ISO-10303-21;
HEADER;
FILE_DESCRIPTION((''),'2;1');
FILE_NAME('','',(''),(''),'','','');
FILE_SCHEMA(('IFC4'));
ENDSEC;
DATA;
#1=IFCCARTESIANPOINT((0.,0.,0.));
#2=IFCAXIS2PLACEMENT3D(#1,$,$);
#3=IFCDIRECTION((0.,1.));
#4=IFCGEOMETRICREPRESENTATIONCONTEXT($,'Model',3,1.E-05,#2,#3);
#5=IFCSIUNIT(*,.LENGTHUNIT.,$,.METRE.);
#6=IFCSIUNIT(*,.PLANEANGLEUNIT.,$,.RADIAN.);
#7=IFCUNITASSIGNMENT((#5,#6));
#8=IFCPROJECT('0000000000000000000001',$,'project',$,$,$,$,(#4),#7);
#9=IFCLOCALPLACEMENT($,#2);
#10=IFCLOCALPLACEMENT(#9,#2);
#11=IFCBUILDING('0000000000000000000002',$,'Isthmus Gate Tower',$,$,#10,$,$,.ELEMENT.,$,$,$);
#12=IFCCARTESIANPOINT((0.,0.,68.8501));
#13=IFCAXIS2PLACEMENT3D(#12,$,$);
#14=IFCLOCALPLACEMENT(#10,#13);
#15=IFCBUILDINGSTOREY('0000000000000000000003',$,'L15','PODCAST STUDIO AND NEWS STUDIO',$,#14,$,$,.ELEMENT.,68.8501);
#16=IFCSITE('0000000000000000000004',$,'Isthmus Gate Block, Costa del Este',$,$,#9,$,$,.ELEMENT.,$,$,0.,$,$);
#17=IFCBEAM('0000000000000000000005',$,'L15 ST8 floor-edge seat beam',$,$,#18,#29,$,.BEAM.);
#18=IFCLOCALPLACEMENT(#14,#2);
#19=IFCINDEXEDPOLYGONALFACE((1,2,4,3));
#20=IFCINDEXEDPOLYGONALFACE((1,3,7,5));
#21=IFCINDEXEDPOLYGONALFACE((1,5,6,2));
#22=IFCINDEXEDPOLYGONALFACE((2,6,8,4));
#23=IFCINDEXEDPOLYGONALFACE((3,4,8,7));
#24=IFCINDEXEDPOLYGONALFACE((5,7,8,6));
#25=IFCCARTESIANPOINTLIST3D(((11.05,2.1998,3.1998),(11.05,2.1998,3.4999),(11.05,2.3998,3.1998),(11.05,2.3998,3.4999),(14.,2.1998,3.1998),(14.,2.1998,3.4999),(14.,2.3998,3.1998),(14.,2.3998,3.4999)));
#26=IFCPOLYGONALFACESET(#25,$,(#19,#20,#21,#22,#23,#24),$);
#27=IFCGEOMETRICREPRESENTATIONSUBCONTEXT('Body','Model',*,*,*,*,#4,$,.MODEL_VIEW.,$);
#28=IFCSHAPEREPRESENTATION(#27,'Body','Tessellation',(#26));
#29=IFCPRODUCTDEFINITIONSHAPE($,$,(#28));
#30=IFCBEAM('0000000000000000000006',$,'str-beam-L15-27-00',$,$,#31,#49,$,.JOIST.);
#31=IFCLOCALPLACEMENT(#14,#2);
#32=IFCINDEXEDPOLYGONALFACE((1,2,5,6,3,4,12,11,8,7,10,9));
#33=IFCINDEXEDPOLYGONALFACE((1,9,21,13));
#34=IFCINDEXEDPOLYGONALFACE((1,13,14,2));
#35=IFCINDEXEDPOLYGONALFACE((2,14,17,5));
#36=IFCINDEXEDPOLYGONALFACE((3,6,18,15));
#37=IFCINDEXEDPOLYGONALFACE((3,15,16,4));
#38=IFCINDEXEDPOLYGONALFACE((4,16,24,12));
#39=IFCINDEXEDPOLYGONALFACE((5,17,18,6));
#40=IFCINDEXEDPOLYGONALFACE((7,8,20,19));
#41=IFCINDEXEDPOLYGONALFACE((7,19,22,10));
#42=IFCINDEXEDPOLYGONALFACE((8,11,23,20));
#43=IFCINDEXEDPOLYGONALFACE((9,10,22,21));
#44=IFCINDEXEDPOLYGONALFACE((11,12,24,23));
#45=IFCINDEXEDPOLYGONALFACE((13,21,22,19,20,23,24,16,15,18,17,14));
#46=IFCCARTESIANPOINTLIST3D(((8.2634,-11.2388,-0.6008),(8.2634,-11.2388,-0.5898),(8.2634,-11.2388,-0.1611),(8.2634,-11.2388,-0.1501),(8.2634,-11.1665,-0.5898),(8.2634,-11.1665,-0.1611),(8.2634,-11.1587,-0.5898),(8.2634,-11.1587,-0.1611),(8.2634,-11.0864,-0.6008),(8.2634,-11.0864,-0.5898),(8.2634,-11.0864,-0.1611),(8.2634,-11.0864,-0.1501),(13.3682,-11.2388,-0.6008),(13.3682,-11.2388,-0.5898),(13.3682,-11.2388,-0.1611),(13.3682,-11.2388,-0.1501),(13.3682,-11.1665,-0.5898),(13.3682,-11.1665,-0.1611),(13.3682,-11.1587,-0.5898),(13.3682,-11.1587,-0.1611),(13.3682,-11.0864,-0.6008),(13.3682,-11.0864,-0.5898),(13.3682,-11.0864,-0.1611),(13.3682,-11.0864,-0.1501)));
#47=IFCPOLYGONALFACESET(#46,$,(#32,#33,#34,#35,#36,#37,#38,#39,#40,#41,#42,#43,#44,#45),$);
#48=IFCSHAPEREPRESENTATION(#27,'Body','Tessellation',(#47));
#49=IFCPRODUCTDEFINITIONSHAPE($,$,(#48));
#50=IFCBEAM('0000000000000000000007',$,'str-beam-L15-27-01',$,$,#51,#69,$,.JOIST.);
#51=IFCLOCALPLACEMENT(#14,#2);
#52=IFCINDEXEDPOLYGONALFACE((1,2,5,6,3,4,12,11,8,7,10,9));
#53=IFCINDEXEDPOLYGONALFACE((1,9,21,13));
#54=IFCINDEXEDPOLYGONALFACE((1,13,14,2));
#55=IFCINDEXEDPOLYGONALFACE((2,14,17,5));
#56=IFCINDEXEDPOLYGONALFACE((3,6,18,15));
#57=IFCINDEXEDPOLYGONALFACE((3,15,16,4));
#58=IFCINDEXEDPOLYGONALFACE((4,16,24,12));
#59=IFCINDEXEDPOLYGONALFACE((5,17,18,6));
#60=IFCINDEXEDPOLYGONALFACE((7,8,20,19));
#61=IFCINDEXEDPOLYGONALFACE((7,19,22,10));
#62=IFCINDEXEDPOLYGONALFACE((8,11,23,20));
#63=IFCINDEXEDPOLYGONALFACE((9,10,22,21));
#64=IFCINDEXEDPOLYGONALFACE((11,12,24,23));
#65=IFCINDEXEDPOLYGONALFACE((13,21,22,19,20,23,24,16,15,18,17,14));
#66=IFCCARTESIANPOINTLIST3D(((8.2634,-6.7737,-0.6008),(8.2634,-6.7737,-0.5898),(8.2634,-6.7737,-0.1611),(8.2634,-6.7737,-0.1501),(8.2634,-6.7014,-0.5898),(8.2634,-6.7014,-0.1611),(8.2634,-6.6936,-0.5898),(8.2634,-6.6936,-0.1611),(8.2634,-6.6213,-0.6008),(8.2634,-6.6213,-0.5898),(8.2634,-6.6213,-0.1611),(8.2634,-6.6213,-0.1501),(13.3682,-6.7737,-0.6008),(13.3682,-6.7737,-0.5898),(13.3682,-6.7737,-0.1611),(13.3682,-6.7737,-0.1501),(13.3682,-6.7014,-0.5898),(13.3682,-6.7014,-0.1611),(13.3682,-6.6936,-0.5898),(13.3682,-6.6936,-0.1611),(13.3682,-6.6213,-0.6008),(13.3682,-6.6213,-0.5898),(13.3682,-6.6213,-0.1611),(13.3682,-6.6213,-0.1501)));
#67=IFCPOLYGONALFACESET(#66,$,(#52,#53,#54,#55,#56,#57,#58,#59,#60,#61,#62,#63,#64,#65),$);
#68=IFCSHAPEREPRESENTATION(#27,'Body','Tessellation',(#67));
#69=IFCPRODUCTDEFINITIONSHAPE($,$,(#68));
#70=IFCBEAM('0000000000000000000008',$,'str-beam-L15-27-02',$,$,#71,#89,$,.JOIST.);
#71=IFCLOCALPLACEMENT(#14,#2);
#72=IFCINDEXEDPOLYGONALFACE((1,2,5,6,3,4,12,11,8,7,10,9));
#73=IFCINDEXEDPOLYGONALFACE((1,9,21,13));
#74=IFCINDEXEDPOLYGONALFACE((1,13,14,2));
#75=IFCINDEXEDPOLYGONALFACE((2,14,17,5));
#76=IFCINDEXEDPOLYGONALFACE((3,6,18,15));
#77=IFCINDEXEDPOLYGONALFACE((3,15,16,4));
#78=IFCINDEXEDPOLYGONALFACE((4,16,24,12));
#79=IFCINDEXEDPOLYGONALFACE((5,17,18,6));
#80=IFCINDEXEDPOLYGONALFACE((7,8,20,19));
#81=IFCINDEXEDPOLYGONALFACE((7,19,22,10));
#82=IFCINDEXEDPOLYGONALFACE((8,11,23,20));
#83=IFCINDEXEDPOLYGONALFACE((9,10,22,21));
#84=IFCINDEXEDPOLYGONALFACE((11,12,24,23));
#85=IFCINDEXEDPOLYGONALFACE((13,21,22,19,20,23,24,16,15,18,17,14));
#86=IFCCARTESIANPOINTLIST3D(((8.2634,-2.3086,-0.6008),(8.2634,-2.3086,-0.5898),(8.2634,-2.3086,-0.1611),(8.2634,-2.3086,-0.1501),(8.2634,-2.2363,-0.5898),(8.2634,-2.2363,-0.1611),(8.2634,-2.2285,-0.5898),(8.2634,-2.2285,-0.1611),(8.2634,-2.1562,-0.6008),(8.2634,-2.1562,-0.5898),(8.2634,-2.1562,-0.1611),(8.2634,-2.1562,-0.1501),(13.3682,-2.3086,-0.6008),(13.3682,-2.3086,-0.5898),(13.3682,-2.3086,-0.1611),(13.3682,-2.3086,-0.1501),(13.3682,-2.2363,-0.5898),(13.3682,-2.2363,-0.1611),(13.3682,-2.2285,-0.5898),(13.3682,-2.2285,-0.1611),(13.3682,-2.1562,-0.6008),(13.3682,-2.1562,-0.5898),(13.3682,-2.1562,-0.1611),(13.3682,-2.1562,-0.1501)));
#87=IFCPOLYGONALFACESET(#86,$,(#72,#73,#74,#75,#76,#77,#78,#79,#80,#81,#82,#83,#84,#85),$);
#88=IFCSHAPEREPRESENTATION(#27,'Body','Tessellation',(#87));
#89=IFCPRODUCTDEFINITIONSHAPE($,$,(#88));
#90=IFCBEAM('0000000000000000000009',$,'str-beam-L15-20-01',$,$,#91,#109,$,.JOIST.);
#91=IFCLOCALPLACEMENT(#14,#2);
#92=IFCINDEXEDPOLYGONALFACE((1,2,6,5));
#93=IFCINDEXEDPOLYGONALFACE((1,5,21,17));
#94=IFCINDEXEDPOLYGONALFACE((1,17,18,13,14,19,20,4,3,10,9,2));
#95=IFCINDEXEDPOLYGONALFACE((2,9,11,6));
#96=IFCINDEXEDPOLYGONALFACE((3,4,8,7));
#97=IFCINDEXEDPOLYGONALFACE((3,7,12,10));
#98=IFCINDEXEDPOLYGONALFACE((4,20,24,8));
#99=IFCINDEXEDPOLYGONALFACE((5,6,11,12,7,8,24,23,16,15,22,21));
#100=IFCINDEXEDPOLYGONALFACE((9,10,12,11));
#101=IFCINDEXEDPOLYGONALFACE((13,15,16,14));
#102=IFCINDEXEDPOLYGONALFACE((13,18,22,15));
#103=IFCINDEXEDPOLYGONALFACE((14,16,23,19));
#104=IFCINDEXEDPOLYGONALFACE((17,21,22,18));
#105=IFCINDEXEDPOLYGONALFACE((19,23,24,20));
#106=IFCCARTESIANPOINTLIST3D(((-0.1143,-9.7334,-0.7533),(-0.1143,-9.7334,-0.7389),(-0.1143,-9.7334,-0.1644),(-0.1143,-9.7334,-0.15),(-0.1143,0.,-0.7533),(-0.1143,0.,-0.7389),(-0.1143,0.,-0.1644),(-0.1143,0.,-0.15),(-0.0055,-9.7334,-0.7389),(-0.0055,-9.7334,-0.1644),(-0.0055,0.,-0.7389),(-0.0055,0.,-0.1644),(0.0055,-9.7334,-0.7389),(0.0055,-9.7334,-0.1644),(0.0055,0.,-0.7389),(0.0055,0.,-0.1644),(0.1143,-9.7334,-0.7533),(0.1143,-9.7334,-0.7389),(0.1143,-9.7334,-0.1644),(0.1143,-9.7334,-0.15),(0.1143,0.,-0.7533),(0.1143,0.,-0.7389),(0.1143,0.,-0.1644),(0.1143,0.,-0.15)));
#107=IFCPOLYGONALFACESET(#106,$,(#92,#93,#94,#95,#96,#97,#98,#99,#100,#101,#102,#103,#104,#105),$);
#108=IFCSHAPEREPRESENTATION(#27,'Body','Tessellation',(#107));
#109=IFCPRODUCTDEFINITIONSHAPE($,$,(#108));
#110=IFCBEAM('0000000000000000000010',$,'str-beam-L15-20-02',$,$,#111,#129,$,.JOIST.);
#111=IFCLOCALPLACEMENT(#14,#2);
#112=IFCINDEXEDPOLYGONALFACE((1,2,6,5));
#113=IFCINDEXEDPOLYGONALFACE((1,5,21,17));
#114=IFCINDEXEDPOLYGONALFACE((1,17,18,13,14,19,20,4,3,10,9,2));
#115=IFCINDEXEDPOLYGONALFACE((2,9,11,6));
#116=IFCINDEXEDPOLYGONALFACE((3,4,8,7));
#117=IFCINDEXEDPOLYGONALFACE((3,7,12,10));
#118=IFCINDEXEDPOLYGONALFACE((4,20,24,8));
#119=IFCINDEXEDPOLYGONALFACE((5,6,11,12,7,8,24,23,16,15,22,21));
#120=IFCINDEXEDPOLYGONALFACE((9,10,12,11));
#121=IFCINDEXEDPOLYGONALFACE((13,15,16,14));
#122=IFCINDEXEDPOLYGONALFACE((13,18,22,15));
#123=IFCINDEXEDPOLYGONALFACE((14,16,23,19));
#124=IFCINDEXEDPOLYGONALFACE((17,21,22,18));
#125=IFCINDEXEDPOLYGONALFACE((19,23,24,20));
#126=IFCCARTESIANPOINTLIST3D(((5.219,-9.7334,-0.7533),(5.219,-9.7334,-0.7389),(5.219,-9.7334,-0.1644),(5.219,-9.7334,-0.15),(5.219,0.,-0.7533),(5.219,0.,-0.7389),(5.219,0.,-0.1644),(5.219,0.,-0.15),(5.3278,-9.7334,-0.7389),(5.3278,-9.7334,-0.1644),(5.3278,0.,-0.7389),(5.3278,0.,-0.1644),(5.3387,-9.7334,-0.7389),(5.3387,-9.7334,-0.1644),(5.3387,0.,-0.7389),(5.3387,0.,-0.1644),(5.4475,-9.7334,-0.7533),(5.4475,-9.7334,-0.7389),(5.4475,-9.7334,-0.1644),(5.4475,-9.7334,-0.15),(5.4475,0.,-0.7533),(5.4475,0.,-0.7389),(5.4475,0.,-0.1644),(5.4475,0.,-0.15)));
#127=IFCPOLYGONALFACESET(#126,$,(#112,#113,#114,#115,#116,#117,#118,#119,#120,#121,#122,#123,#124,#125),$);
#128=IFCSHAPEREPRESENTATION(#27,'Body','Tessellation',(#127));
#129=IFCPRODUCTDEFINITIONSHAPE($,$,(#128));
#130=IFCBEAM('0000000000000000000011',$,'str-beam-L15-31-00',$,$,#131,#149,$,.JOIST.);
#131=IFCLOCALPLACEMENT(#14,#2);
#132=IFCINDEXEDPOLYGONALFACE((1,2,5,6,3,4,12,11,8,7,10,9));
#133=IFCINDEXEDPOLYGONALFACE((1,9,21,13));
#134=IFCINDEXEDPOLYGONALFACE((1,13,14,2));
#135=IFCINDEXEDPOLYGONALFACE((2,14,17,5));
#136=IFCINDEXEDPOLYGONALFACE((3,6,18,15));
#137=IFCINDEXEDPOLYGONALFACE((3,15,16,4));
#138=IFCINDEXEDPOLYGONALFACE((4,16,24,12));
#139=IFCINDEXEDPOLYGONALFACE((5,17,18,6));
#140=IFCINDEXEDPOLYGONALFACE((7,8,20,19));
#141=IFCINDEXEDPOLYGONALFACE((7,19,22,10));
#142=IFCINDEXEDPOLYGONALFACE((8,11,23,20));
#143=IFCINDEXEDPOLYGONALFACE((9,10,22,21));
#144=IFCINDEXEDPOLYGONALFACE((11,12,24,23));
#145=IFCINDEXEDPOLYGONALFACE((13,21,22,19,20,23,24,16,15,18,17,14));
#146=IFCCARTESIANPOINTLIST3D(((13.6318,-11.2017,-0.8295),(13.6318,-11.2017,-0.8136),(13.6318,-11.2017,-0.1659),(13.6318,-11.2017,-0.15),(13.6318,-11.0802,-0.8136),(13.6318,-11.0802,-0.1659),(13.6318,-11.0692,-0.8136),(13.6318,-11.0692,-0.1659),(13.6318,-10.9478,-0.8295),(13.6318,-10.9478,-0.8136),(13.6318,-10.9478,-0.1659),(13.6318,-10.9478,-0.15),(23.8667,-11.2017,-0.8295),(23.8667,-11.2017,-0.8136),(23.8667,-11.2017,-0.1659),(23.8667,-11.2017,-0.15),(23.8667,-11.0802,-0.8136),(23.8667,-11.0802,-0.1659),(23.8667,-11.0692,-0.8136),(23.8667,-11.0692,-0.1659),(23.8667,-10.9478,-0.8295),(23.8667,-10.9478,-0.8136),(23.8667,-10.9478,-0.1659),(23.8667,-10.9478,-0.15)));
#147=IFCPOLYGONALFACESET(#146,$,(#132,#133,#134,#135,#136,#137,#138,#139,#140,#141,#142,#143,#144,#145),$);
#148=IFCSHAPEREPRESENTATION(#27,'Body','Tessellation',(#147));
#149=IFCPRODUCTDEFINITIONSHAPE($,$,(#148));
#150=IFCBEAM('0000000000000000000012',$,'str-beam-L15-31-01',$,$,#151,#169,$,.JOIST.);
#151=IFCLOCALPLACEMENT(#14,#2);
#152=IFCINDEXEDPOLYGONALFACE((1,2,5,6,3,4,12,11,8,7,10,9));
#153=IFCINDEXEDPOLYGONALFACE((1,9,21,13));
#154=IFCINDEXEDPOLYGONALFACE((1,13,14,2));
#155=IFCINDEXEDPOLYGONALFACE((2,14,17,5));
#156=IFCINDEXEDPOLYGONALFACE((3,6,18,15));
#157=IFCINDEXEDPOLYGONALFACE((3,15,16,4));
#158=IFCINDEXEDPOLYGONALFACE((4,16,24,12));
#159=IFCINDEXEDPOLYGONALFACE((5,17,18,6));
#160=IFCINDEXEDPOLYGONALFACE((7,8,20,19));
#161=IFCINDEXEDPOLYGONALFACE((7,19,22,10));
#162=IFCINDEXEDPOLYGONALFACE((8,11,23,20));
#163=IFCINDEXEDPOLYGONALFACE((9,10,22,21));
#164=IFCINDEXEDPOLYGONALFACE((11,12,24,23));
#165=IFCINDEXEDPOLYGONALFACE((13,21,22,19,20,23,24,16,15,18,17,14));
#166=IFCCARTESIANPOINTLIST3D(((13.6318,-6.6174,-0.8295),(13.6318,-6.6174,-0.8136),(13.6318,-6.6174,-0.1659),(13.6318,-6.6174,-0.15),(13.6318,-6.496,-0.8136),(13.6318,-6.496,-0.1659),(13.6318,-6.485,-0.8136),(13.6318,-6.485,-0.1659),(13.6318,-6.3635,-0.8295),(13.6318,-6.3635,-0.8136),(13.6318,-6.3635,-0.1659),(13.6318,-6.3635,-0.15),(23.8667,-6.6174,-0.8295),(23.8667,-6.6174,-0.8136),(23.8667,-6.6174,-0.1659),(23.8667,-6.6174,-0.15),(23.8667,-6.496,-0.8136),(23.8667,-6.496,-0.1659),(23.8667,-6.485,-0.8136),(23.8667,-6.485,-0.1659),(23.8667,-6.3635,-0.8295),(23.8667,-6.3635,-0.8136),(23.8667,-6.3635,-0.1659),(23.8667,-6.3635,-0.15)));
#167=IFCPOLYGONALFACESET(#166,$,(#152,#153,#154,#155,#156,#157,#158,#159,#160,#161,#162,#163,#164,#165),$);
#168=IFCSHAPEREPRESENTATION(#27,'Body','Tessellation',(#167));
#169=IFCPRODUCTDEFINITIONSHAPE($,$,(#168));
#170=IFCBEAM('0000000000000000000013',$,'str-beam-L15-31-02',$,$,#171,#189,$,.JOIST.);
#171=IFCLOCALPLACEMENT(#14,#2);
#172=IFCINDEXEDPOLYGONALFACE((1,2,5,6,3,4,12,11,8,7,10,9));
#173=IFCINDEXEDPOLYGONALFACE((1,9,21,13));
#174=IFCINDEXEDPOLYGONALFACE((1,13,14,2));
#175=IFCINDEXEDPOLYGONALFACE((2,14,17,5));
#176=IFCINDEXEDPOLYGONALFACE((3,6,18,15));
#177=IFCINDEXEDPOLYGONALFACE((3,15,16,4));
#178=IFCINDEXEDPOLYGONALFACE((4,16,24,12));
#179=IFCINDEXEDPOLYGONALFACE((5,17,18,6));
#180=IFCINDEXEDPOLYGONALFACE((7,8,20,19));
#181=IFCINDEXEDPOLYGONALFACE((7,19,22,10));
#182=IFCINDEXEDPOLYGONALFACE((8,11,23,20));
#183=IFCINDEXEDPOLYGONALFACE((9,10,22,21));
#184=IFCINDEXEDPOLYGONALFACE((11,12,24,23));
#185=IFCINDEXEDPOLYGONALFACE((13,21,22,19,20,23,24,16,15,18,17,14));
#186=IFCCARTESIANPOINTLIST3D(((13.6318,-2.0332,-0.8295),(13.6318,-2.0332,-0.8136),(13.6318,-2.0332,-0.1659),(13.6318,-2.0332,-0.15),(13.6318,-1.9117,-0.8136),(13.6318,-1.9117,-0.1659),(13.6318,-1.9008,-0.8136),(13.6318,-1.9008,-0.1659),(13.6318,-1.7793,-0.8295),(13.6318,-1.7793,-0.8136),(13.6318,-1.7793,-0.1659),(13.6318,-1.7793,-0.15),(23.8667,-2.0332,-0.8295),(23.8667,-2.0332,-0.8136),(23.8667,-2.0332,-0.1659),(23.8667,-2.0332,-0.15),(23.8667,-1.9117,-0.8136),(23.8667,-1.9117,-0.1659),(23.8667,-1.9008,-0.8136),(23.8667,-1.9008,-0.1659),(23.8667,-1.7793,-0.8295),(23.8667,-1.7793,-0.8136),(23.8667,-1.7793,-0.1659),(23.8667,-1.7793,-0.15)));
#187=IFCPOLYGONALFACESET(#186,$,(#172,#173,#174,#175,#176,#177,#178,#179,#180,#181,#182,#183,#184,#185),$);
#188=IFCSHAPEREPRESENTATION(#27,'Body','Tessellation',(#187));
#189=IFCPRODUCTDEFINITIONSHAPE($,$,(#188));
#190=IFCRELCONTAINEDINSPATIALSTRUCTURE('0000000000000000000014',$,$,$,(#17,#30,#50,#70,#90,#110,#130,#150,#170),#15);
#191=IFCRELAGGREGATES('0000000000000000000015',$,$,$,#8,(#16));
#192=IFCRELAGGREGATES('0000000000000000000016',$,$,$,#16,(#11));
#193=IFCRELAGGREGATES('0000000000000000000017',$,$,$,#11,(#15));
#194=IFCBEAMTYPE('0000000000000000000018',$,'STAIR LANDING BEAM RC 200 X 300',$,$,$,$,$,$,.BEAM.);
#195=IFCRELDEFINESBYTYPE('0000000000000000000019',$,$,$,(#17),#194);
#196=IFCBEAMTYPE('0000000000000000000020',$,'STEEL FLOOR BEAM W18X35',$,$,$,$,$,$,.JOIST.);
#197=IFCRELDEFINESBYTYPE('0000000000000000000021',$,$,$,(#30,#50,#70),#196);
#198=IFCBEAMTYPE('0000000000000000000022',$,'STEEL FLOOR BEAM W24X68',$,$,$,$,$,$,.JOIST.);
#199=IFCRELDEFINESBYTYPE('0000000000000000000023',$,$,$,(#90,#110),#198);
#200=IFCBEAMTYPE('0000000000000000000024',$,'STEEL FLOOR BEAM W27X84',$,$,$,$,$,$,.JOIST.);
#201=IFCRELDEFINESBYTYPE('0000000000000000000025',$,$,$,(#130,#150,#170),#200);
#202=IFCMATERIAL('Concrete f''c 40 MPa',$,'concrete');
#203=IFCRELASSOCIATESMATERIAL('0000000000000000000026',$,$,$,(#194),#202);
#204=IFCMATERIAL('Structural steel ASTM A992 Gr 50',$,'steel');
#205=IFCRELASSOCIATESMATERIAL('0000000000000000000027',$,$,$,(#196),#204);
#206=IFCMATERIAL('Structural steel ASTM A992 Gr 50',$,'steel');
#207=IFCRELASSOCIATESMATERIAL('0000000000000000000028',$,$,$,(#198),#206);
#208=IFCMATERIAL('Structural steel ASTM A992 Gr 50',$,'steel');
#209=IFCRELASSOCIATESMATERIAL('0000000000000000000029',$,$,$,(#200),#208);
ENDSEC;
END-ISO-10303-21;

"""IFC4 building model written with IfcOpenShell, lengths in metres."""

from ifc_helpers import new_model, si_unit, direction, frame, origin, origin_2d, place, context, subcontext, project, spatial, rectangle, i_section, extrude, material, material_profile, profile_set, type_object, element, save


model = new_model("IFC4")

# Units and contexts
model_context = context("Model", 3, precision=1e-05, world=origin(), true_north=direction((0.0, 1.0)))
body_context = subcontext(model_context, "Body", "Model", "MODEL_VIEW")
ifc_project = project(units=[si_unit("LENGTHUNIT", "METRE"), si_unit("PLANEANGLEUNIT", "RADIAN")], contexts=[model_context])

# Site, building, storey
site_placement = place(None, origin())
site = spatial("IfcSite", under=ifc_project, at=site_placement, Name="Isthmus Gate Block, Costa del Este", CompositionType="ELEMENT", RefElevation=0.0)
building_placement = place(site_placement, origin())
building = spatial("IfcBuilding", under=site, at=building_placement, Name="Isthmus Gate Tower", CompositionType="ELEMENT")
storey_placement = place(building_placement, frame((0.0, 0.0, 68.8501)))
storey = spatial("IfcBuildingStorey", under=building, at=storey_placement, Name="L15", Description="PODCAST STUDIO AND NEWS STUDIO", CompositionType="ELEMENT", Elevation=68.8501)

# Beams
ifc_material_1 = material(Name="Concrete f'c 40 MPa", Category="concrete")
ifc_material_profile_1 = material_profile(ifc_material_1, rectangle(XDim=0.2, YDim=0.3, at=origin_2d()), Name="STAIR LANDING BEAM RC 200 X 300")
ifc_profile_set_1 = profile_set([ifc_material_profile_1], Name="Concrete f'c 40 MPa")
beam_type_1 = type_object("IfcBeamType", Name="STAIR LANDING BEAM RC 200 X 300", PredefinedType="BEAM", material=ifc_profile_set_1)
beam_1_placement = place(storey_placement, frame((11.05, 2.2998, 3.3499), z_axis=(1.0, 0.0, 0.0), x_axis=(0.0, 1.0, 0.0)))
element("IfcBeam", 1, at=beam_1_placement, inside=storey, type_object=beam_type_1, Name="L15 ST8 floor-edge seat beam", PredefinedType="BEAM", context=body_context, shape_type="SweptSolid", body=[
    extrude(rectangle(XDim=0.2, YDim=0.3, at=origin_2d()), origin(), (0.0, 0.0, 1.0), 2.95),
])
ifc_material_2 = material(Name="Structural steel ASTM A992 Gr 50", Category="steel")
ifc_material_profile_2 = material_profile(ifc_material_2, i_section(OverallWidth=0.1523, OverallDepth=0.4507, WebThickness=0.0078, FlangeThickness=0.011, at=origin_2d()), Name="W18X35")
ifc_profile_set_2 = profile_set([ifc_material_profile_2], Name="Structural steel ASTM A992 Gr 50")
beam_type_2 = type_object("IfcBeamType", Name="STEEL FLOOR BEAM W18X35", PredefinedType="JOIST", material=ifc_profile_set_2)
for number, where, z_axis, x_axis, name in (
    (2, (8.2634, -11.1626, -0.3755), (1.0, 0.0, 0.0), (0.0, 1.0, 0.0), "str-beam-L15-27-00"),
    (3, (8.2634, -6.6975, -0.3755), (1.0, 0.0, 0.0), (0.0, 1.0, 0.0), "str-beam-L15-27-01"),
    (4, (8.2634, -2.2324, -0.3755), (1.0, 0.0, 0.0), (0.0, 1.0, 0.0), "str-beam-L15-27-02"),
):
    element("IfcBeam", number, at=place(storey_placement, frame(where, z_axis=z_axis, x_axis=x_axis)), inside=storey, type_object=beam_type_2, Name=name, PredefinedType="JOIST", context=body_context, shape_type="SweptSolid", body=[
        extrude(i_section(OverallWidth=0.1523, OverallDepth=0.4507, WebThickness=0.0078, FlangeThickness=0.011, at=origin_2d()), origin(), (0.0, 0.0, 1.0), 5.1047),
    ])
ifc_material_3 = material(Name="Structural steel ASTM A992 Gr 50", Category="steel")
ifc_material_profile_3 = material_profile(ifc_material_3, i_section(OverallWidth=0.2285, OverallDepth=0.6033, WebThickness=0.011, FlangeThickness=0.0144, at=origin_2d()), Name="W24X68")
ifc_profile_set_3 = profile_set([ifc_material_profile_3], Name="Structural steel ASTM A992 Gr 50")
beam_type_3 = type_object("IfcBeamType", Name="STEEL FLOOR BEAM W24X68", PredefinedType="JOIST", material=ifc_profile_set_3)
for number, where, z_axis, x_axis, name in (
    (5, (0.0, -9.7334, -0.4517), (0.0, 1.0, 0.0), (-1.0, 0.0, 0.0), "str-beam-L15-20-01"),
    (6, (5.3333, -9.7334, -0.4517), (0.0, 1.0, 0.0), (-1.0, 0.0, 0.0), "str-beam-L15-20-02"),
):
    element("IfcBeam", number, at=place(storey_placement, frame(where, z_axis=z_axis, x_axis=x_axis)), inside=storey, type_object=beam_type_3, Name=name, PredefinedType="JOIST", context=body_context, shape_type="SweptSolid", body=[
        extrude(i_section(OverallWidth=0.2285, OverallDepth=0.6033, WebThickness=0.011, FlangeThickness=0.0144, at=origin_2d()), origin(), (0.0, 0.0, 1.0), 9.7334),
    ])
ifc_material_4 = material(Name="Structural steel ASTM A992 Gr 50", Category="steel")
ifc_material_profile_4 = material_profile(ifc_material_4, i_section(OverallWidth=0.2539, OverallDepth=0.6794, WebThickness=0.011, FlangeThickness=0.0159, at=origin_2d()), Name="W27X84")
ifc_profile_set_4 = profile_set([ifc_material_profile_4], Name="Structural steel ASTM A992 Gr 50")
beam_type_4 = type_object("IfcBeamType", Name="STEEL FLOOR BEAM W27X84", PredefinedType="JOIST", material=ifc_profile_set_4)
for number, where, z_axis, x_axis, name in (
    (7, (13.6318, -11.0747, -0.4897), (1.0, 0.0, 0.0), (0.0, 1.0, 0.0), "str-beam-L15-31-00"),
    (8, (13.6318, -6.4905, -0.4897), (1.0, 0.0, 0.0), (0.0, 1.0, 0.0), "str-beam-L15-31-01"),
    (9, (13.6318, -1.9062, -0.4897), (1.0, 0.0, 0.0), (0.0, 1.0, 0.0), "str-beam-L15-31-02"),
):
    element("IfcBeam", number, at=place(storey_placement, frame(where, z_axis=z_axis, x_axis=x_axis)), inside=storey, type_object=beam_type_4, Name=name, PredefinedType="JOIST", context=body_context, shape_type="SweptSolid", body=[
        extrude(i_section(OverallWidth=0.2539, OverallDepth=0.6794, WebThickness=0.011, FlangeThickness=0.0159, at=origin_2d()), origin(), (0.0, 0.0, 1.0), 10.2349),
    ])

save(model, "model.ifc")
